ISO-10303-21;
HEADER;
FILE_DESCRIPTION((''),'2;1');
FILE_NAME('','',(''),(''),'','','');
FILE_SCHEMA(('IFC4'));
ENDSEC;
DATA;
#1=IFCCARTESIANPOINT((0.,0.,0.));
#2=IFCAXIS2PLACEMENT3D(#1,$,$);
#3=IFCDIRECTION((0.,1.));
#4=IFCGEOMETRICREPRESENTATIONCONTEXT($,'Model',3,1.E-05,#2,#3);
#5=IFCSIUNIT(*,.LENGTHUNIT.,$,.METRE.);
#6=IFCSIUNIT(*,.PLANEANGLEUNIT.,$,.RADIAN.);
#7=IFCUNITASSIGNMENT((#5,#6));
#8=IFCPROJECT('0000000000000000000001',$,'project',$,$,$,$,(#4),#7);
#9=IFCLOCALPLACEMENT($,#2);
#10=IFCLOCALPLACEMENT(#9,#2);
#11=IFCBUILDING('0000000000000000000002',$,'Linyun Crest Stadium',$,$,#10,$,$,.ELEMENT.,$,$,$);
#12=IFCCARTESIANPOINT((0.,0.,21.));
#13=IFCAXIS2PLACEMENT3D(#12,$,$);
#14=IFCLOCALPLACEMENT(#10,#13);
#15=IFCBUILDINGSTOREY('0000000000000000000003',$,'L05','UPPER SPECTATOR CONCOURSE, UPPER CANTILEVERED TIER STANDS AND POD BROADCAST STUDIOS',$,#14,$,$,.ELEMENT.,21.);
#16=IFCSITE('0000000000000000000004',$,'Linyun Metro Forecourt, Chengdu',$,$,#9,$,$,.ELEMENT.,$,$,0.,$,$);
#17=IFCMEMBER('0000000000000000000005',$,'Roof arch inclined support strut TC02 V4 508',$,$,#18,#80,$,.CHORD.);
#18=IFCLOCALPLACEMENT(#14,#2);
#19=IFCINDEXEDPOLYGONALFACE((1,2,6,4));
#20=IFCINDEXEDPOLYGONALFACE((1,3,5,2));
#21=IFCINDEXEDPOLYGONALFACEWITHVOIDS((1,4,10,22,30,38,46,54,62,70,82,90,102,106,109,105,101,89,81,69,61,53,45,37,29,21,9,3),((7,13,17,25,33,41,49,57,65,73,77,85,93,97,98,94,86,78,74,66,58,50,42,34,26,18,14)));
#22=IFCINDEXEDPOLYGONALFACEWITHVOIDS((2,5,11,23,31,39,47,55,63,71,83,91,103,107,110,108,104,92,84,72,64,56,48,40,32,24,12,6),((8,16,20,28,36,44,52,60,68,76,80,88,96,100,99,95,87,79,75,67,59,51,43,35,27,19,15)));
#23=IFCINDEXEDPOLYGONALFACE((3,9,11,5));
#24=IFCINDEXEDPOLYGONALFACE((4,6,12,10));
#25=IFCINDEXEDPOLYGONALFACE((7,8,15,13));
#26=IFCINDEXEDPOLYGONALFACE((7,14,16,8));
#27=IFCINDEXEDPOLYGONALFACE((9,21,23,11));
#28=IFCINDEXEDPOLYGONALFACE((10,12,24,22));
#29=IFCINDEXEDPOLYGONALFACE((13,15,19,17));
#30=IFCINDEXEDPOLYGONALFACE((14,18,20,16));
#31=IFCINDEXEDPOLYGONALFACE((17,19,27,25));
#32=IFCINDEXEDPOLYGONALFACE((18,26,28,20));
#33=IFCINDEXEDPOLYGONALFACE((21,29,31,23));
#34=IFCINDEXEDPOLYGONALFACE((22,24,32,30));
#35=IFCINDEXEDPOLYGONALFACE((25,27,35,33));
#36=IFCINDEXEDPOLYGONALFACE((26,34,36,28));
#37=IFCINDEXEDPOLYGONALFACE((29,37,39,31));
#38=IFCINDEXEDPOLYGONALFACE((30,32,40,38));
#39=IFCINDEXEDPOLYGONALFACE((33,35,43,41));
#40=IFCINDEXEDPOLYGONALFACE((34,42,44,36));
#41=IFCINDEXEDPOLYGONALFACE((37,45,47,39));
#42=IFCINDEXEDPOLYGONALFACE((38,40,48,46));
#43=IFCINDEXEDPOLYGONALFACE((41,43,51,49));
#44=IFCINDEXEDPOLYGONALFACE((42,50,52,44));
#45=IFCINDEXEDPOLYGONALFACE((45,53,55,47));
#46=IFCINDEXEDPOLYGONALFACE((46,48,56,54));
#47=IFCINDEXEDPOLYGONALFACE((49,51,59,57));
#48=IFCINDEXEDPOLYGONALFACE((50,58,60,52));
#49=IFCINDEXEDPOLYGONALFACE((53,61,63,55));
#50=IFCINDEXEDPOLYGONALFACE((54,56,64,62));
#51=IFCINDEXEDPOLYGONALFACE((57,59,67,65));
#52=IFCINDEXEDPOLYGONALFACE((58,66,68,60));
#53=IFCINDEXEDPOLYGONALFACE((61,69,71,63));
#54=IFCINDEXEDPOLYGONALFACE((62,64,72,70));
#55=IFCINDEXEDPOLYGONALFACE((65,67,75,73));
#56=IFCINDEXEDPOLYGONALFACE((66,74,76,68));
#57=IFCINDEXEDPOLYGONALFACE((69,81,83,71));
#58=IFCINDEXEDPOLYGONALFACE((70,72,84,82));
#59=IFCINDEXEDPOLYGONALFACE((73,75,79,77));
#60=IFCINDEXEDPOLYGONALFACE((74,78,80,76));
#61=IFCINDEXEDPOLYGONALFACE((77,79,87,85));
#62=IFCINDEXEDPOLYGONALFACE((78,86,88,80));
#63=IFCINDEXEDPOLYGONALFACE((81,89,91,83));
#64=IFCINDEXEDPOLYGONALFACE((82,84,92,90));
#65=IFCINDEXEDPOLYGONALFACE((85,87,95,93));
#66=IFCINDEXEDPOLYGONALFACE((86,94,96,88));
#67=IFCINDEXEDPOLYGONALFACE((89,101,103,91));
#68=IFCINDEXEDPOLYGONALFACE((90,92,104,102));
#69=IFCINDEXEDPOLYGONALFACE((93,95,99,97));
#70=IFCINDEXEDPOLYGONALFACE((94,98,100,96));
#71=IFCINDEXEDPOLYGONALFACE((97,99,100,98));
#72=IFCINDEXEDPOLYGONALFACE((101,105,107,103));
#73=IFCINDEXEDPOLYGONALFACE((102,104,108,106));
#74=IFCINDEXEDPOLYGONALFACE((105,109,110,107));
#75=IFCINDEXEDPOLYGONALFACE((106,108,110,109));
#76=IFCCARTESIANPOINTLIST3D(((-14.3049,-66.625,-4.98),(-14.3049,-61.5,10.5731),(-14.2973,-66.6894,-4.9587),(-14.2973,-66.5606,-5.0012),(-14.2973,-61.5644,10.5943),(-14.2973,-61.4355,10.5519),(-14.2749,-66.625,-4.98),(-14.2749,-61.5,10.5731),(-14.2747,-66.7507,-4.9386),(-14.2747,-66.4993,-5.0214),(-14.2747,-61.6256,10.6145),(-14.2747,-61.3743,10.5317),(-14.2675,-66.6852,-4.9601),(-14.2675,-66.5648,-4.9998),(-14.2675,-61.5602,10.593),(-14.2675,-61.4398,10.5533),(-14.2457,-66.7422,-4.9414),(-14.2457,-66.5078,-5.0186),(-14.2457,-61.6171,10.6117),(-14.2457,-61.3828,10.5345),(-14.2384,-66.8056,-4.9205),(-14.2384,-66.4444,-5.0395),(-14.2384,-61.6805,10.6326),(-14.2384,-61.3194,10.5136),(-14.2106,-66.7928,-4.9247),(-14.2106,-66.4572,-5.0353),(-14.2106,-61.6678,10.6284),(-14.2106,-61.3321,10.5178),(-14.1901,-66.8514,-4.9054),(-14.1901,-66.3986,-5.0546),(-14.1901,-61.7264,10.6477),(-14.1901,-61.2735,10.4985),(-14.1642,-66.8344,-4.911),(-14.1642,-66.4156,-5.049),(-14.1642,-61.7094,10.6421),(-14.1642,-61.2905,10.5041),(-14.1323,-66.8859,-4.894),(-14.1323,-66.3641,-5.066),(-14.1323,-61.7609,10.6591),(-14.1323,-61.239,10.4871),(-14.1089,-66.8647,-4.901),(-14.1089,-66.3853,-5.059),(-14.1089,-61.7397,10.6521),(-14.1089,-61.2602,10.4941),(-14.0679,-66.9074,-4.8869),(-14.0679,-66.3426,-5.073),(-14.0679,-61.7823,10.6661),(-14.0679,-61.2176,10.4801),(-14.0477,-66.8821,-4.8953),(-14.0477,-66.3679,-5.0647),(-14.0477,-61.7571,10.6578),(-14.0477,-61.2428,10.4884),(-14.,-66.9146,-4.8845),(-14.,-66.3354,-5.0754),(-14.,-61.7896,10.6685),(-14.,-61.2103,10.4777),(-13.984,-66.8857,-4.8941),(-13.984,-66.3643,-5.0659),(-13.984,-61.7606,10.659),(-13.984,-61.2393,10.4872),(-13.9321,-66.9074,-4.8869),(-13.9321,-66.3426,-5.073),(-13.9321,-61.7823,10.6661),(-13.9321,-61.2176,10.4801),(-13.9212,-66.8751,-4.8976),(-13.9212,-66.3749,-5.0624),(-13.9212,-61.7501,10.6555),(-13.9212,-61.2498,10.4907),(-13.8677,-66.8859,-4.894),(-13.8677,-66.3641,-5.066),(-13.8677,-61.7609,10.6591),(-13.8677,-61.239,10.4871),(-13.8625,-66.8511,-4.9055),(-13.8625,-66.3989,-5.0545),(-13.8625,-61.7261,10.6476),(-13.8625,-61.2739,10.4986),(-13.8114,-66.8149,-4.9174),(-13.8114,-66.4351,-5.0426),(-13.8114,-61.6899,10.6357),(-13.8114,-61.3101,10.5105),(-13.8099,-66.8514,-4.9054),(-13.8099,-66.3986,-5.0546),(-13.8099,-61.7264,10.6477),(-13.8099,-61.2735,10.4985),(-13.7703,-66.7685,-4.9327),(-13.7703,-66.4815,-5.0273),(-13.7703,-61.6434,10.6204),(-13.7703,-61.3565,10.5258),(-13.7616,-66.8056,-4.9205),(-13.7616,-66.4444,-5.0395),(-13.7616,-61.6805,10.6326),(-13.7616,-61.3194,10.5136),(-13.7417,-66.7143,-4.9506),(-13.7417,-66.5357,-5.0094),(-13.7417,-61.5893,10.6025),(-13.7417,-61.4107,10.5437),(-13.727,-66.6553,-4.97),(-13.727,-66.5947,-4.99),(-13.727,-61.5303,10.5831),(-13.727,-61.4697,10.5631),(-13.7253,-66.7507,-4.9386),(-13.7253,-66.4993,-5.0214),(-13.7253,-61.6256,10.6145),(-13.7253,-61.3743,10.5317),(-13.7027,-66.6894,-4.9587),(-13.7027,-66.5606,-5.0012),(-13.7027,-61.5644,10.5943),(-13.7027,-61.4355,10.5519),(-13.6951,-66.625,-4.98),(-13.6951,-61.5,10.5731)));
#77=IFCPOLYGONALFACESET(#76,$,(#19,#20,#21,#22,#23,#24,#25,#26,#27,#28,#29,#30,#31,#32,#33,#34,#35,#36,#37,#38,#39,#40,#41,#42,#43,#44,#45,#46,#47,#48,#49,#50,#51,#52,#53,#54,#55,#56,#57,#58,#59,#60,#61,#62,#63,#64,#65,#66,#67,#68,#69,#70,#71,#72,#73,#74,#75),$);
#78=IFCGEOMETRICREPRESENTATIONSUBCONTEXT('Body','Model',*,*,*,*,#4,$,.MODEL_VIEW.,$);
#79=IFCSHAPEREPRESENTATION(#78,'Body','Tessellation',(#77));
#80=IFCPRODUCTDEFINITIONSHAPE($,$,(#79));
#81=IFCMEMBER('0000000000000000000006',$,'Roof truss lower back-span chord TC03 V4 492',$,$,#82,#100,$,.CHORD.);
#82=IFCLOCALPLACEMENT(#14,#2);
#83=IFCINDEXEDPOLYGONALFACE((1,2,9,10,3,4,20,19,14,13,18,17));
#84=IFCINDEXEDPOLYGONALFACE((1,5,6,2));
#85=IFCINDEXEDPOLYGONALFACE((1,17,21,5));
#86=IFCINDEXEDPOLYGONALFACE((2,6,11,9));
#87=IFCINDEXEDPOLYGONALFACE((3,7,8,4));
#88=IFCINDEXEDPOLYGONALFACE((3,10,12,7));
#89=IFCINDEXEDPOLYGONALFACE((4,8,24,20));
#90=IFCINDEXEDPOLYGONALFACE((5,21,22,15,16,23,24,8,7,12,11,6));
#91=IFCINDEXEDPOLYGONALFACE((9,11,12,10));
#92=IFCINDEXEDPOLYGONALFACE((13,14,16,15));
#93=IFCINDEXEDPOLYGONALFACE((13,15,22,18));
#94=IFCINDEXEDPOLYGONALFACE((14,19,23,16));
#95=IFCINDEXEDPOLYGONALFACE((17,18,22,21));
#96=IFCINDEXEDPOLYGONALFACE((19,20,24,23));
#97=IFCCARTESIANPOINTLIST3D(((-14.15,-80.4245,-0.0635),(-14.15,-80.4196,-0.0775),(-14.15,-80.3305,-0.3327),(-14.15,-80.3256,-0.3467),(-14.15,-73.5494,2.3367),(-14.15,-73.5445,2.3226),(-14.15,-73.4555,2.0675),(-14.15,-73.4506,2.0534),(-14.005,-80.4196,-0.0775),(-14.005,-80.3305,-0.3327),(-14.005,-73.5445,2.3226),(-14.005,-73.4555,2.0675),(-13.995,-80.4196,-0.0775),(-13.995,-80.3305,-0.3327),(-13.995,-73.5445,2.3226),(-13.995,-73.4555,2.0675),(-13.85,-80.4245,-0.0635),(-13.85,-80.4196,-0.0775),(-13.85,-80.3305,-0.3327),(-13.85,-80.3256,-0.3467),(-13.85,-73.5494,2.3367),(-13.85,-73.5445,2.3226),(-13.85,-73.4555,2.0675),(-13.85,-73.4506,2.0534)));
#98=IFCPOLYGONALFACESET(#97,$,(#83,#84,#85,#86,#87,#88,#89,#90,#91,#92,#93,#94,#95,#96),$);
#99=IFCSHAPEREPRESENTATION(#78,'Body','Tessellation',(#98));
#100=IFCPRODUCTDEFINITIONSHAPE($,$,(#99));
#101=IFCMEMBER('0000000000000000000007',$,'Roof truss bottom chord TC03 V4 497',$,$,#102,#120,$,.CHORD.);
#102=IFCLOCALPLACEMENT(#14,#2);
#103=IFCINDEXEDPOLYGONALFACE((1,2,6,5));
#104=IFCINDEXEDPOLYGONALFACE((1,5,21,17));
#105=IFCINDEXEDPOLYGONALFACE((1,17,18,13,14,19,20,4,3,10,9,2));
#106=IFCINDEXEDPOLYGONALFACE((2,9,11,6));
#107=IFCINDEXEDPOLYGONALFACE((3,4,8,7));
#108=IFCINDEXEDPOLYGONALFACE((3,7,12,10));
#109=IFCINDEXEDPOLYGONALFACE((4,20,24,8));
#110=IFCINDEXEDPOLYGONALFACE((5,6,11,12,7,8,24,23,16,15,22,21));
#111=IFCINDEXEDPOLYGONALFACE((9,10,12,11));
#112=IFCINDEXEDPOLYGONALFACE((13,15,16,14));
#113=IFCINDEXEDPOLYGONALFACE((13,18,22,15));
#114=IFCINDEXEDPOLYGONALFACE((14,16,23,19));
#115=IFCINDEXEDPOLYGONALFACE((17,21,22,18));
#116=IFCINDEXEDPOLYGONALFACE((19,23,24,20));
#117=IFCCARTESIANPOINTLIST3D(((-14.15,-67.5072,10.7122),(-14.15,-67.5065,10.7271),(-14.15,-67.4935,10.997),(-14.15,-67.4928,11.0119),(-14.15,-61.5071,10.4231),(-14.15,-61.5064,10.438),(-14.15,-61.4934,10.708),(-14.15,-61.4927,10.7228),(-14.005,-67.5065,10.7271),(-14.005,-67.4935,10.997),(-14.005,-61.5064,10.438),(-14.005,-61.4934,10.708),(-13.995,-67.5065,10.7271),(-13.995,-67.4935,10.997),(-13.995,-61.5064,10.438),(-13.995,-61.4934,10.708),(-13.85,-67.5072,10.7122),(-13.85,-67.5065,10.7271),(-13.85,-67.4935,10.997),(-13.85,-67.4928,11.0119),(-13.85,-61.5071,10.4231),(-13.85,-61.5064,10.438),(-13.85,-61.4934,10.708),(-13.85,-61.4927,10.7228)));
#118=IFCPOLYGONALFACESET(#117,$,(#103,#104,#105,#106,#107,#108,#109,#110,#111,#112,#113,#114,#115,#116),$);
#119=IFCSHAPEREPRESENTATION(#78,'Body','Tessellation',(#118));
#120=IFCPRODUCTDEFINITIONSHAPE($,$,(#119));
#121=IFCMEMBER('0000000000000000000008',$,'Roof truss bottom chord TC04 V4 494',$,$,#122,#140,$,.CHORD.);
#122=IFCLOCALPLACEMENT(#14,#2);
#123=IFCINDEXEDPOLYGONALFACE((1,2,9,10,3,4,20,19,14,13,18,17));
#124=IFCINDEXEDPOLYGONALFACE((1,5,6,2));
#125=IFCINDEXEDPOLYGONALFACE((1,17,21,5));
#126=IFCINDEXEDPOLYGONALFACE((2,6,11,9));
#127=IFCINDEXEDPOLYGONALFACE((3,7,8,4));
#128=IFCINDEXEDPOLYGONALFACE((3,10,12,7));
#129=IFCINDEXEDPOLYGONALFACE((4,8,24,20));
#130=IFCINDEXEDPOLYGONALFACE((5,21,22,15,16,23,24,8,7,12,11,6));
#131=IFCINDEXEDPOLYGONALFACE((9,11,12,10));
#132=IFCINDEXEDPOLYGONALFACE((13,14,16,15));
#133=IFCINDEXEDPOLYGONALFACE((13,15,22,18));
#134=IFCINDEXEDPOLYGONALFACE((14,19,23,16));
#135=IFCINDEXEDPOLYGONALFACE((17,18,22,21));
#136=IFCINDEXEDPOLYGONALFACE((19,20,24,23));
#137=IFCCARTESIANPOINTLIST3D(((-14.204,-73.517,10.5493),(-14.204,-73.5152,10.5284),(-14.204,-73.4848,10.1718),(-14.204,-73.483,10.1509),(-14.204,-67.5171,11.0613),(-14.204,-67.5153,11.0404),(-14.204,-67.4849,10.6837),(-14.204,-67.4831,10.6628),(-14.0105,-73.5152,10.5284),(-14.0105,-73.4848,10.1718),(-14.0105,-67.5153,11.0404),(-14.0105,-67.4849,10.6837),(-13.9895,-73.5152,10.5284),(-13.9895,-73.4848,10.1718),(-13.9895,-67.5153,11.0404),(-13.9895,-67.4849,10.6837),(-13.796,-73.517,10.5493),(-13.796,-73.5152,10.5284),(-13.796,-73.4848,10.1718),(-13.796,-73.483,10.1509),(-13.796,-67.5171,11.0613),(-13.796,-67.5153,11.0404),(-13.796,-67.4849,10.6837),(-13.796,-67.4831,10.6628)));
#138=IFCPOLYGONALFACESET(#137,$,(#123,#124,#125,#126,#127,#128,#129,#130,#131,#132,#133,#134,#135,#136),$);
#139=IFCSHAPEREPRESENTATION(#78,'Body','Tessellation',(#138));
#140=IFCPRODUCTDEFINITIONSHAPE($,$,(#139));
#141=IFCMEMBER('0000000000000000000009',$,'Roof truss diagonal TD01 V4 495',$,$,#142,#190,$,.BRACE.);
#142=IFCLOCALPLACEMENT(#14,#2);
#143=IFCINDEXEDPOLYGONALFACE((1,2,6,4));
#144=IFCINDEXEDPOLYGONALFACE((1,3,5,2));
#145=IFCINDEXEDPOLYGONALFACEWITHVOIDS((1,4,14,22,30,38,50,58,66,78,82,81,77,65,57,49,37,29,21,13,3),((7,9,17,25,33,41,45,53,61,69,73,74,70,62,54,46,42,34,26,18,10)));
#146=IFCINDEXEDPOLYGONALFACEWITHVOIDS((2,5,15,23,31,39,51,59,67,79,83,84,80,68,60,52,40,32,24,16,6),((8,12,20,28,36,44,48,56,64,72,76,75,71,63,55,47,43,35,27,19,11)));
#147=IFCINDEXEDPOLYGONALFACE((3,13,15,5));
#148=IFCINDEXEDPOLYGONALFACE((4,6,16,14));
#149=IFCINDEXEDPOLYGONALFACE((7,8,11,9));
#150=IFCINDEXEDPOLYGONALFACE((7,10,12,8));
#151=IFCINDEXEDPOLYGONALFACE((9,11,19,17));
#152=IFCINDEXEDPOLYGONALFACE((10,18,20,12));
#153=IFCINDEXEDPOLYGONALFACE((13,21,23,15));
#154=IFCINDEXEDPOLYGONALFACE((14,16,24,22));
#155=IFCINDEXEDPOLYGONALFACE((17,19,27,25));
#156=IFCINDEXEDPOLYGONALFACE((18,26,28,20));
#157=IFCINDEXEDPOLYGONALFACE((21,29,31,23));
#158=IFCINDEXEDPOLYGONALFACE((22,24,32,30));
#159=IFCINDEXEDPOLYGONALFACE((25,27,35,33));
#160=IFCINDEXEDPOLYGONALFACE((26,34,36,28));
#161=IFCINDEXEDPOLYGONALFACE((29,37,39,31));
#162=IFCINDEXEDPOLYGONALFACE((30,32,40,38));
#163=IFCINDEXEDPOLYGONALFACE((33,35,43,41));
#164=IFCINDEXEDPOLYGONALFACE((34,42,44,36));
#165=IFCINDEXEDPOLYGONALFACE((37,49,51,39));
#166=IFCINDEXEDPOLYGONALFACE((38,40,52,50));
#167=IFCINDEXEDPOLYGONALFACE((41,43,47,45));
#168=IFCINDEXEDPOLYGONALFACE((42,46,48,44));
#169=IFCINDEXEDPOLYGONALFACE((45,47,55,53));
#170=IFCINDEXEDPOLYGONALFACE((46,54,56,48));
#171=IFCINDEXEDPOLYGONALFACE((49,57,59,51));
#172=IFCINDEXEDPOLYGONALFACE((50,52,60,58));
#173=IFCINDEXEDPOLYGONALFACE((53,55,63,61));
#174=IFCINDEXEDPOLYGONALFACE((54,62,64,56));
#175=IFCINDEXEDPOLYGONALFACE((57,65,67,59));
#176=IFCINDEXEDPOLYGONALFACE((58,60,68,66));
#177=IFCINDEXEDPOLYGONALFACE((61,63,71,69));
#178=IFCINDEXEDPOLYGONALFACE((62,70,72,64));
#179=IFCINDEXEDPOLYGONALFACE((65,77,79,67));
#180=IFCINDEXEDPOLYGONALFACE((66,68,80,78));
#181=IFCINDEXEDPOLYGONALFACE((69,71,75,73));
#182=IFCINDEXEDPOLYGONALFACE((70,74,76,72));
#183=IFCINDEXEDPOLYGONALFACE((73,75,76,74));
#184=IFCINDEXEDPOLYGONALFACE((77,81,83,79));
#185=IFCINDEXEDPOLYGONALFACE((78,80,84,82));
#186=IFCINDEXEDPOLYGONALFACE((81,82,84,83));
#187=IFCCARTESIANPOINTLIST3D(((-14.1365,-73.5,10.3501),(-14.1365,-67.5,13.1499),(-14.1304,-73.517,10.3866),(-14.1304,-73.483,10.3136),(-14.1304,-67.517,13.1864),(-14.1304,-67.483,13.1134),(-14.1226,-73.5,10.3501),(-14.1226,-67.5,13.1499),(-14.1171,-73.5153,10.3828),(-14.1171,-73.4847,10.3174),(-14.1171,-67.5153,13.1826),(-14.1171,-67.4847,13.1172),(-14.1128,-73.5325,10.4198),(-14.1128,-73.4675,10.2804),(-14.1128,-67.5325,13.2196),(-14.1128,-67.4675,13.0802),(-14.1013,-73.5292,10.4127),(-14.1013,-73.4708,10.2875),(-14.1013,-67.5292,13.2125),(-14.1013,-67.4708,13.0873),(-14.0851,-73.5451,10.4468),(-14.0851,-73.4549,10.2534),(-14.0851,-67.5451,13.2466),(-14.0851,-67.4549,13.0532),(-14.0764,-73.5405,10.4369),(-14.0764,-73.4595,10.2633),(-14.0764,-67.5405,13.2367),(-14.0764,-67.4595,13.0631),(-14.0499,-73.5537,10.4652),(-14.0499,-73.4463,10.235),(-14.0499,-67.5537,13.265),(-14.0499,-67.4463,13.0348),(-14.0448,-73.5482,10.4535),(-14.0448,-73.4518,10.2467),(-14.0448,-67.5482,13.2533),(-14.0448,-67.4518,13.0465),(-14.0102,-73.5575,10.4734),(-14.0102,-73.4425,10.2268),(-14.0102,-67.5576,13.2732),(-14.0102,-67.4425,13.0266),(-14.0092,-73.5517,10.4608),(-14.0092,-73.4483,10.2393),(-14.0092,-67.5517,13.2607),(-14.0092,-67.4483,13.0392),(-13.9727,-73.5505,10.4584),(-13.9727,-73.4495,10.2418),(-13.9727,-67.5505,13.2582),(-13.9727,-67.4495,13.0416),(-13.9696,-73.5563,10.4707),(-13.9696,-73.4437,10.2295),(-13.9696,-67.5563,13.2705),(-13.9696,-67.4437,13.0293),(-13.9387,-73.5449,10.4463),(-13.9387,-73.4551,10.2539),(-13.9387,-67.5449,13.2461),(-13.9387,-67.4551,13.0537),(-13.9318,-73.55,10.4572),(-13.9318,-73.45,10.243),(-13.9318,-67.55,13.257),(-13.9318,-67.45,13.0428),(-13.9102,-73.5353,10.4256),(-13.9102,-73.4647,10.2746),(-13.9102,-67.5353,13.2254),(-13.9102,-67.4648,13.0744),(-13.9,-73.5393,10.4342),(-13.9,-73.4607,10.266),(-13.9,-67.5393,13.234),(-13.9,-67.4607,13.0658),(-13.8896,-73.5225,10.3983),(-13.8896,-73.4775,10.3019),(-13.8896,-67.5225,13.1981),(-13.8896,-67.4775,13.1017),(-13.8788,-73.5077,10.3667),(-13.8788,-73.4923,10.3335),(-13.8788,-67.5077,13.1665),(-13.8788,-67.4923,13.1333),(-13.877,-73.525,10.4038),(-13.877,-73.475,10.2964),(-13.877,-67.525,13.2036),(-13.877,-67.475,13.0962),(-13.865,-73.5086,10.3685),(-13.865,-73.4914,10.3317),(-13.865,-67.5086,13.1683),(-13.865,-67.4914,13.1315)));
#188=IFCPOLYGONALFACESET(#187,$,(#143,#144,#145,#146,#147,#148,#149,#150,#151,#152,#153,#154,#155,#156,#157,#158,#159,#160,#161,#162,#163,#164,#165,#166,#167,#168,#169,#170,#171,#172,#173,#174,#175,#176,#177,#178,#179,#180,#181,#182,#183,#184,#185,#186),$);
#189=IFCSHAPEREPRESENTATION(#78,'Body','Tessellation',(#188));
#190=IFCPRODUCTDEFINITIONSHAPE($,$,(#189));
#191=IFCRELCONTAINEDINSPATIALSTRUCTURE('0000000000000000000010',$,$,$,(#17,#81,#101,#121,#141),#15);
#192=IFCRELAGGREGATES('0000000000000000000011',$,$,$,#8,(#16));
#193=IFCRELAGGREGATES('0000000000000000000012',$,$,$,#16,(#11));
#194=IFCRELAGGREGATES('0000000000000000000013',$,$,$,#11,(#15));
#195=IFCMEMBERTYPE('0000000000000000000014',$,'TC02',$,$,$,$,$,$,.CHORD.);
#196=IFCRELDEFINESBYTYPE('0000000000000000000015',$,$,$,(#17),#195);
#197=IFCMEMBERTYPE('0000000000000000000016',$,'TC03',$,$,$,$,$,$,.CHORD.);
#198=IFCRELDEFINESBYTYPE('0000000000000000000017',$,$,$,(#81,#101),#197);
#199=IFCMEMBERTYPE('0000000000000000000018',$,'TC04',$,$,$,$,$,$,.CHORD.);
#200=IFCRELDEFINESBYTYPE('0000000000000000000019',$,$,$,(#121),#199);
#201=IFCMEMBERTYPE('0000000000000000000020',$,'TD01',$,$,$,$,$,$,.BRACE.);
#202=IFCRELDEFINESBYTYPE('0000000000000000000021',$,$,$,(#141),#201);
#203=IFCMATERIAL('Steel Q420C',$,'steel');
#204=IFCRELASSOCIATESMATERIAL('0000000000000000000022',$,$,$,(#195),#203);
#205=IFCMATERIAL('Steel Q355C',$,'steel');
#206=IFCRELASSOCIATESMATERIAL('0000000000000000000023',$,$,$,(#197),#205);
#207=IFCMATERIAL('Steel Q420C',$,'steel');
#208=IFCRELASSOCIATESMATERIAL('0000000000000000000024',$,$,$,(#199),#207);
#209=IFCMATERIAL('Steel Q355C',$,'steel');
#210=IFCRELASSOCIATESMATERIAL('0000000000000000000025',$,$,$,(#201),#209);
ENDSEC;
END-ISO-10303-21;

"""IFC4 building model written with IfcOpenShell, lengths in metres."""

from ifc_helpers import new_model, si_unit, direction, frame, origin, origin_2d, place, context, subcontext, project, spatial, hollow_circle, i_section, extrude, material, material_profile, profile_set, type_object, element, save


model = new_model("IFC4")

# Units and contexts
model_context = context("Model", 3, precision=1e-05, world=origin(), true_north=direction((0.0, 1.0)))
body_context = subcontext(model_context, "Body", "Model", "MODEL_VIEW")
ifc_project = project(units=[si_unit("LENGTHUNIT", "METRE"), si_unit("PLANEANGLEUNIT", "RADIAN")], contexts=[model_context])

# Site, building, storey
site_placement = place(None, origin())
site = spatial("IfcSite", under=ifc_project, at=site_placement, Name="Linyun Metro Forecourt, Chengdu", CompositionType="ELEMENT", RefElevation=0.0)
building_placement = place(site_placement, origin())
building = spatial("IfcBuilding", under=site, at=building_placement, Name="Linyun Crest Stadium", CompositionType="ELEMENT")
storey_placement = place(building_placement, frame((0.0, 0.0, 21.0)))
storey = spatial("IfcBuildingStorey", under=building, at=storey_placement, Name="L05", Description="UPPER SPECTATOR CONCOURSE, UPPER CANTILEVERED TIER STANDS AND POD BROADCAST STUDIOS", CompositionType="ELEMENT", Elevation=21.0)

# Members
ifc_material_1 = material(Name="Steel Q420C", Category="steel")
ifc_material_profile_1 = material_profile(ifc_material_1, hollow_circle(Radius=0.3049, WallThickness=0.03, at=origin_2d()), Name="CHS 610x30")
ifc_profile_set_1 = profile_set([ifc_material_profile_1], Name="Steel Q420C")
member_type_1 = type_object("IfcMemberType", Name="TC02", PredefinedType="CHORD", material=ifc_profile_set_1)
member_1_placement = place(storey_placement, frame((-14.0, -66.625, -4.98), z_axis=(0.0, 0.312965, 0.949765), x_axis=(-1.0, 0.0, 0.0)))
element("IfcMember", 1, at=member_1_placement, inside=storey, type_object=member_type_1, Name="Roof arch inclined support strut TC02 V4 508", PredefinedType="CHORD", context=body_context, shape_type="SweptSolid", body=[
    extrude(hollow_circle(Radius=0.3049, WallThickness=0.03, at=origin_2d()), origin(), (0.0, 0.0, 1.0), 16.3757),
])
ifc_material_2 = material(Name="Steel Q355C", Category="steel")
ifc_material_profile_2 = material_profile(ifc_material_2, i_section(OverallWidth=0.3, OverallDepth=0.3, WebThickness=0.01, FlangeThickness=0.0149, at=origin_2d()), Name="HW 300x300")
ifc_profile_set_2 = profile_set([ifc_material_profile_2], Name="Steel Q355C")
member_type_2 = type_object("IfcMemberType", Name="TC03", PredefinedType="CHORD", material=ifc_profile_set_2)
member_2_placement = place(storey_placement, frame((-14.0, -73.5, 2.1951), z_axis=(0.0, -0.944119, -0.329604), x_axis=(1.0, 0.0, 0.0)))
element("IfcMember", 2, at=member_2_placement, inside=storey, type_object=member_type_2, Name="Roof truss lower back-span chord TC03 V4 492", PredefinedType="CHORD", context=body_context, shape_type="SweptSolid", body=[
    extrude(i_section(OverallWidth=0.3, OverallDepth=0.3, WebThickness=0.01, FlangeThickness=0.0149, at=origin_2d()), origin(), (0.0, 0.0, 1.0), 7.282),
])
member_3_placement = place(storey_placement, frame((-14.0, -67.5, 10.8621), z_axis=(0.0, 0.998842, -0.048121), x_axis=(-1.0, 0.0, 0.0)))
element("IfcMember", 3, at=member_3_placement, inside=storey, type_object=member_type_2, Name="Roof truss bottom chord TC03 V4 497", PredefinedType="CHORD", context=body_context, shape_type="SweptSolid", body=[
    extrude(i_section(OverallWidth=0.3, OverallDepth=0.3, WebThickness=0.01, FlangeThickness=0.0149, at=origin_2d()), origin(), (0.0, 0.0, 1.0), 6.0071),
])
ifc_material_3 = material(Name="Steel Q420C", Category="steel")
ifc_material_profile_3 = material_profile(ifc_material_3, i_section(OverallWidth=0.408, OverallDepth=0.3999, WebThickness=0.021, FlangeThickness=0.021, at=origin_2d()), Name="HW 400x408")
ifc_profile_set_3 = profile_set([ifc_material_profile_3], Name="Steel Q420C")
member_type_3 = type_object("IfcMemberType", Name="TC04", PredefinedType="CHORD", material=ifc_profile_set_3)
member_4_placement = place(storey_placement, frame((-14.0, -73.5, 10.3501), z_axis=(0.0, 0.996379, 0.085018), x_axis=(-1.0, 0.0, 0.0)))
element("IfcMember", 4, at=member_4_placement, inside=storey, type_object=member_type_3, Name="Roof truss bottom chord TC04 V4 494", PredefinedType="CHORD", context=body_context, shape_type="SweptSolid", body=[
    extrude(i_section(OverallWidth=0.408, OverallDepth=0.3999, WebThickness=0.021, FlangeThickness=0.021, at=origin_2d()), origin(), (0.0, 0.0, 1.0), 6.0217),
])
ifc_material_4 = material(Name="Steel Q355C", Category="steel")
ifc_material_profile_4 = material_profile(ifc_material_4, hollow_circle(Radius=0.1365, WallThickness=0.0139, at=origin_2d()), Name="CHS 273x14")
ifc_profile_set_4 = profile_set([ifc_material_profile_4], Name="Steel Q355C")
member_type_4 = type_object("IfcMemberType", Name="TD01", PredefinedType="BRACE", material=ifc_profile_set_4)
member_5_placement = place(storey_placement, frame((-14.0, -73.5, 10.3501), z_axis=(0.0, 0.906194, 0.422861), x_axis=(-1.0, 0.0, 0.0)))
element("IfcMember", 5, at=member_5_placement, inside=storey, type_object=member_type_4, Name="Roof truss diagonal TD01 V4 495", PredefinedType="BRACE", context=body_context, shape_type="SweptSolid", body=[
    extrude(hollow_circle(Radius=0.1365, WallThickness=0.0139, at=origin_2d()), origin(), (0.0, 0.0, 1.0), 6.6211),
])

save(model, "model.ifc")
